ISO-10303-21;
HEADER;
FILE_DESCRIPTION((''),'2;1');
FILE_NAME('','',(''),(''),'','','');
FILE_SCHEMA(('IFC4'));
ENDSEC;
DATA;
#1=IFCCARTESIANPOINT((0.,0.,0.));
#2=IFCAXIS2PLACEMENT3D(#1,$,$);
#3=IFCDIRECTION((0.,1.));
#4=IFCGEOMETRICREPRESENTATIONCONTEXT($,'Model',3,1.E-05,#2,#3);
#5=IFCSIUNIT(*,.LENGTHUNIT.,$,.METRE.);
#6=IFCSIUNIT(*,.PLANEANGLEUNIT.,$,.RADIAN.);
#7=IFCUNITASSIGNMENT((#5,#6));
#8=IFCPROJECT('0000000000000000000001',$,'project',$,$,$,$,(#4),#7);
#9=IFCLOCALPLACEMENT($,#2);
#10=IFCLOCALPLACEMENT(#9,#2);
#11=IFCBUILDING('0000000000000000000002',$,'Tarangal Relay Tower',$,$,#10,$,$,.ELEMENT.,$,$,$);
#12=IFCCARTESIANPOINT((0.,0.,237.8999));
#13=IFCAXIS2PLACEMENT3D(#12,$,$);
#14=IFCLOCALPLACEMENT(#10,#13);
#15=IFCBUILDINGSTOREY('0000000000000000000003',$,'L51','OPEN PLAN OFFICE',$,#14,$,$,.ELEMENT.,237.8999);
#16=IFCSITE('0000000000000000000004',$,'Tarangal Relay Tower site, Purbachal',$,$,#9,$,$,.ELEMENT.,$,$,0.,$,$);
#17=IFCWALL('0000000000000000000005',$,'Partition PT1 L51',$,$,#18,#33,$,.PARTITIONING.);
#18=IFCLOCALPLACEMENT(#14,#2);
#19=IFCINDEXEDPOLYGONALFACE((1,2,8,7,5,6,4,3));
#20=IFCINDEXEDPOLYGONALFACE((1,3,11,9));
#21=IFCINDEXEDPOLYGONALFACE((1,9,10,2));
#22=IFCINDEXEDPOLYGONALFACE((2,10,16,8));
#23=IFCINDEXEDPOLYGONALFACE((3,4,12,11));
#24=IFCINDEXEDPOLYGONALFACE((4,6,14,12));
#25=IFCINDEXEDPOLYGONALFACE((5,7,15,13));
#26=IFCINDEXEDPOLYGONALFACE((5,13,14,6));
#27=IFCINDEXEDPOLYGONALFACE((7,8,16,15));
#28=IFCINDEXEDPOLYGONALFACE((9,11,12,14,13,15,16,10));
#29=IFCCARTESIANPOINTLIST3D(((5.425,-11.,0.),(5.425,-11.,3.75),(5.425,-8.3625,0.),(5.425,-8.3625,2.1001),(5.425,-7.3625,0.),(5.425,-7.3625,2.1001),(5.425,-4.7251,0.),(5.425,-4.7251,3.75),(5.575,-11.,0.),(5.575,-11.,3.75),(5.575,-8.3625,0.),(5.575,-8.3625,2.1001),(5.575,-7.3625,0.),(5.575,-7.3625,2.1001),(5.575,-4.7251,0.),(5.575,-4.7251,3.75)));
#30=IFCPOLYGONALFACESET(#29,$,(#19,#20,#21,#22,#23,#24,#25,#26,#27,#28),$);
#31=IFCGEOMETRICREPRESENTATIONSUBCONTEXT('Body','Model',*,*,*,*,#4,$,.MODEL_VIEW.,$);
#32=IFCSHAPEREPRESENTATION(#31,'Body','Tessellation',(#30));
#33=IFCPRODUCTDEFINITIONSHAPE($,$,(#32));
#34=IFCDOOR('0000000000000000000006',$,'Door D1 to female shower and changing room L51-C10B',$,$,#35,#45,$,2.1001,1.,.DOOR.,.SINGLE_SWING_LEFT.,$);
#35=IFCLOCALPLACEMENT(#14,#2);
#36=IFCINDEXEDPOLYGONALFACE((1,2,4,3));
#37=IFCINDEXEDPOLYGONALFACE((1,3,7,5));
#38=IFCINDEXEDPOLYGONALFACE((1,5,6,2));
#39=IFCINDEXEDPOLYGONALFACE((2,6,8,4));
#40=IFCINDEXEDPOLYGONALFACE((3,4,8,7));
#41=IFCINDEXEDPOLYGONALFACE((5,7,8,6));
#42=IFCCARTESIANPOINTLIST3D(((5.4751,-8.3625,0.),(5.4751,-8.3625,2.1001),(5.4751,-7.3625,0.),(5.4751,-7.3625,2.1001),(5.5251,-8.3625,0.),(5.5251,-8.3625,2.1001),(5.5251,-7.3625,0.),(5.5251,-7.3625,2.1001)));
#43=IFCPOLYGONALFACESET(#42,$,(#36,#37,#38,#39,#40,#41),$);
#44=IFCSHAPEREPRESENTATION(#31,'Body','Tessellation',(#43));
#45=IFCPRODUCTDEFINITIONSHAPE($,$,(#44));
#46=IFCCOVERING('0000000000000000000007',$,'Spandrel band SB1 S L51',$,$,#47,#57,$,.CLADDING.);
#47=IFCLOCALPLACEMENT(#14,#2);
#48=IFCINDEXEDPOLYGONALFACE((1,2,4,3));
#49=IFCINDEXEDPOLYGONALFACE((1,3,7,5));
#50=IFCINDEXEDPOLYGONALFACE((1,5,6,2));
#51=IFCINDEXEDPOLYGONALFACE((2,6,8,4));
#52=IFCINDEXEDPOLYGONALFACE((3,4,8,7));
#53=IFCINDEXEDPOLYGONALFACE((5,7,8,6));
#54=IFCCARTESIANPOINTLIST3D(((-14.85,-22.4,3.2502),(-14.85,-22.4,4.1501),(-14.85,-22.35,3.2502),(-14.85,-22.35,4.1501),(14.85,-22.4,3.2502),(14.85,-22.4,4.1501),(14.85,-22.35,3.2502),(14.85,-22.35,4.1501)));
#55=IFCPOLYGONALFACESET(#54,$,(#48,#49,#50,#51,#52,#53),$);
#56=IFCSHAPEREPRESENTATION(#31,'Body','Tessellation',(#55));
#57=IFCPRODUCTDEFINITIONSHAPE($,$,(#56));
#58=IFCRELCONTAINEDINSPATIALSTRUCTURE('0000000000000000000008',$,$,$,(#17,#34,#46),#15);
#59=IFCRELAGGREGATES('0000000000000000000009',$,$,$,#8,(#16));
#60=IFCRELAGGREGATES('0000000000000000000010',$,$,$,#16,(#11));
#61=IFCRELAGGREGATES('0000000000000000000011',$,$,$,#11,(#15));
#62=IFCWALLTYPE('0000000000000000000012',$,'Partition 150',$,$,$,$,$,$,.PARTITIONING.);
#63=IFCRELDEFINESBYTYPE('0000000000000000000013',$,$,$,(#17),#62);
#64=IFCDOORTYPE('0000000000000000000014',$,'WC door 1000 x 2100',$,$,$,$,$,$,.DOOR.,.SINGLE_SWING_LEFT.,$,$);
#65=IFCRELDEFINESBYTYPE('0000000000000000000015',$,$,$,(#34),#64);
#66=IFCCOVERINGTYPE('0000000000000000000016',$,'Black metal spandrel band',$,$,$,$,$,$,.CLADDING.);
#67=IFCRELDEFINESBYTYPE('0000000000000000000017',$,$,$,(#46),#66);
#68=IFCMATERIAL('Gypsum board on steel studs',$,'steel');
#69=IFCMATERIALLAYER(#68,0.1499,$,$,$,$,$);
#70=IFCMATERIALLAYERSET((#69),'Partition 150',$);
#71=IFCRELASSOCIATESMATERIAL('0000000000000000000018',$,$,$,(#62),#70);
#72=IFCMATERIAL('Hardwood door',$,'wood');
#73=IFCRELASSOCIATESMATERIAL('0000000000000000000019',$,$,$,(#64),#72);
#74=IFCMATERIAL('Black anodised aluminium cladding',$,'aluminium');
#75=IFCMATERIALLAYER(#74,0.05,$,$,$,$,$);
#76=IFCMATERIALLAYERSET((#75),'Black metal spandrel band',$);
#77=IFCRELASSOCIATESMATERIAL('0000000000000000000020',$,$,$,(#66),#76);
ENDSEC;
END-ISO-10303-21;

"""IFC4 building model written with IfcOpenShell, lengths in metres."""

from ifc_helpers import new_model, si_unit, direction, frame, frame_2d, origin, origin_2d, place, context, subcontext, project, spatial, rectangle, extrude, material, layer, layer_set, type_object, element, fill, save


model = new_model("IFC4")

# Units and contexts
model_context = context("Model", 3, precision=1e-05, world=origin(), true_north=direction((0.0, 1.0)))
body_context = subcontext(model_context, "Body", "Model", "MODEL_VIEW")
ifc_project = project(units=[si_unit("LENGTHUNIT", "METRE"), si_unit("PLANEANGLEUNIT", "RADIAN")], contexts=[model_context])

# Site, building, storey
site_placement = place(None, origin())
site = spatial("IfcSite", under=ifc_project, at=site_placement, Name="Tarangal Relay Tower site, Purbachal", CompositionType="ELEMENT", RefElevation=0.0)
building_placement = place(site_placement, origin())
building = spatial("IfcBuilding", under=site, at=building_placement, Name="Tarangal Relay Tower", CompositionType="ELEMENT")
storey_placement = place(building_placement, frame((0.0, 0.0, 237.8999)))
storey = spatial("IfcBuildingStorey", under=building, at=storey_placement, Name="L51", Description="OPEN PLAN OFFICE", CompositionType="ELEMENT", Elevation=237.8999)

# Shared definitions
ifc_material_1 = material(Name="Gypsum board on steel studs", Category="steel")
ifc_layer_1 = layer(ifc_material_1, 0.1499)
ifc_layer_set_1 = layer_set([ifc_layer_1], Name="Partition 150")
wall_type_1 = type_object("IfcWallType", Name="Partition 150", PredefinedType="PARTITIONING", material=ifc_layer_set_1)
ifc_material_2 = material(Name="Hardwood door", Category="wood")

# Wall, opening, door
wall_1_placement = place(storey_placement, frame((5.5, -11.0, 0.0), z_axis=(0.0, 0.0, 1.0), x_axis=(0.0, 1.0, 0.0)))
wall_1 = element("IfcWall", 1, at=wall_1_placement, inside=storey, type_object=wall_type_1, Name="Partition PT1 L51", PredefinedType="PARTITIONING", context=body_context, shape_type="SweptSolid", body=[
    extrude(rectangle(XDim=6.2749, YDim=0.1499, at=frame_2d((3.1375, 0.0))), origin(), (0.0, 0.0, 1.0), 3.75),
])
opening_1_placement = place(wall_1_placement, frame((2.6375, 0.0, 0.0)))
opening_1 = element("IfcOpeningElement", 2, at=opening_1_placement, cuts=wall_1, PredefinedType="OPENING", context=body_context, shape_type="SweptSolid", body=[
    extrude(rectangle(XDim=1.0, YDim=2.1001, at=frame_2d((0.5, 1.05))), frame((0.0, 0.085, 0.0), z_axis=(0.0, -1.0, 0.0), x_axis=(1.0, 0.0, 0.0)), (0.0, 0.0, 1.0), 0.1699),
])
door_type_1 = type_object("IfcDoorType", Name="WC door 1000 x 2100", OperationType="SINGLE_SWING_LEFT", PredefinedType="DOOR", material=ifc_material_2)
door_1_placement = place(opening_1_placement, origin())
door_1 = element("IfcDoor", 3, at=door_1_placement, inside=storey, type_object=door_type_1, Name="Door D1 to female shower and changing room L51-C10B", OperationType="SINGLE_SWING_LEFT", OverallHeight=2.1001, OverallWidth=1.0, PredefinedType="DOOR", context=body_context, shape_type="SweptSolid", body=[
    extrude(rectangle(XDim=1.0, YDim=2.1001, at=frame_2d((0.5, 1.05))), frame((0.0, 0.0249, 0.0), z_axis=(0.0, -1.0, 0.0), x_axis=(1.0, 0.0, 0.0)), (0.0, 0.0, 1.0), 0.05),
])
fill(opening_1, door_1)

# Covering
ifc_material_3 = material(Name="Black anodised aluminium cladding", Category="aluminium")
ifc_layer_2 = layer(ifc_material_3, 0.05)
ifc_layer_set_2 = layer_set([ifc_layer_2], Name="Black metal spandrel band")
covering_type = type_object("IfcCoveringType", Name="Black metal spandrel band", PredefinedType="CLADDING", material=ifc_layer_set_2)
covering_placement = place(storey_placement, frame((0.0, -22.375, 3.2502), z_axis=(0.0, 0.0, 1.0), x_axis=(-1.0, 0.0, 0.0)))
element("IfcCovering", 4, at=covering_placement, inside=storey, type_object=covering_type, Name="Spandrel band SB1 S L51", PredefinedType="CLADDING", context=body_context, shape_type="SweptSolid", body=[
    extrude(rectangle(XDim=29.7, YDim=0.05, at=origin_2d()), origin(), (0.0, 0.0, 1.0), 0.8999),
])

save(model, "model.ifc")
